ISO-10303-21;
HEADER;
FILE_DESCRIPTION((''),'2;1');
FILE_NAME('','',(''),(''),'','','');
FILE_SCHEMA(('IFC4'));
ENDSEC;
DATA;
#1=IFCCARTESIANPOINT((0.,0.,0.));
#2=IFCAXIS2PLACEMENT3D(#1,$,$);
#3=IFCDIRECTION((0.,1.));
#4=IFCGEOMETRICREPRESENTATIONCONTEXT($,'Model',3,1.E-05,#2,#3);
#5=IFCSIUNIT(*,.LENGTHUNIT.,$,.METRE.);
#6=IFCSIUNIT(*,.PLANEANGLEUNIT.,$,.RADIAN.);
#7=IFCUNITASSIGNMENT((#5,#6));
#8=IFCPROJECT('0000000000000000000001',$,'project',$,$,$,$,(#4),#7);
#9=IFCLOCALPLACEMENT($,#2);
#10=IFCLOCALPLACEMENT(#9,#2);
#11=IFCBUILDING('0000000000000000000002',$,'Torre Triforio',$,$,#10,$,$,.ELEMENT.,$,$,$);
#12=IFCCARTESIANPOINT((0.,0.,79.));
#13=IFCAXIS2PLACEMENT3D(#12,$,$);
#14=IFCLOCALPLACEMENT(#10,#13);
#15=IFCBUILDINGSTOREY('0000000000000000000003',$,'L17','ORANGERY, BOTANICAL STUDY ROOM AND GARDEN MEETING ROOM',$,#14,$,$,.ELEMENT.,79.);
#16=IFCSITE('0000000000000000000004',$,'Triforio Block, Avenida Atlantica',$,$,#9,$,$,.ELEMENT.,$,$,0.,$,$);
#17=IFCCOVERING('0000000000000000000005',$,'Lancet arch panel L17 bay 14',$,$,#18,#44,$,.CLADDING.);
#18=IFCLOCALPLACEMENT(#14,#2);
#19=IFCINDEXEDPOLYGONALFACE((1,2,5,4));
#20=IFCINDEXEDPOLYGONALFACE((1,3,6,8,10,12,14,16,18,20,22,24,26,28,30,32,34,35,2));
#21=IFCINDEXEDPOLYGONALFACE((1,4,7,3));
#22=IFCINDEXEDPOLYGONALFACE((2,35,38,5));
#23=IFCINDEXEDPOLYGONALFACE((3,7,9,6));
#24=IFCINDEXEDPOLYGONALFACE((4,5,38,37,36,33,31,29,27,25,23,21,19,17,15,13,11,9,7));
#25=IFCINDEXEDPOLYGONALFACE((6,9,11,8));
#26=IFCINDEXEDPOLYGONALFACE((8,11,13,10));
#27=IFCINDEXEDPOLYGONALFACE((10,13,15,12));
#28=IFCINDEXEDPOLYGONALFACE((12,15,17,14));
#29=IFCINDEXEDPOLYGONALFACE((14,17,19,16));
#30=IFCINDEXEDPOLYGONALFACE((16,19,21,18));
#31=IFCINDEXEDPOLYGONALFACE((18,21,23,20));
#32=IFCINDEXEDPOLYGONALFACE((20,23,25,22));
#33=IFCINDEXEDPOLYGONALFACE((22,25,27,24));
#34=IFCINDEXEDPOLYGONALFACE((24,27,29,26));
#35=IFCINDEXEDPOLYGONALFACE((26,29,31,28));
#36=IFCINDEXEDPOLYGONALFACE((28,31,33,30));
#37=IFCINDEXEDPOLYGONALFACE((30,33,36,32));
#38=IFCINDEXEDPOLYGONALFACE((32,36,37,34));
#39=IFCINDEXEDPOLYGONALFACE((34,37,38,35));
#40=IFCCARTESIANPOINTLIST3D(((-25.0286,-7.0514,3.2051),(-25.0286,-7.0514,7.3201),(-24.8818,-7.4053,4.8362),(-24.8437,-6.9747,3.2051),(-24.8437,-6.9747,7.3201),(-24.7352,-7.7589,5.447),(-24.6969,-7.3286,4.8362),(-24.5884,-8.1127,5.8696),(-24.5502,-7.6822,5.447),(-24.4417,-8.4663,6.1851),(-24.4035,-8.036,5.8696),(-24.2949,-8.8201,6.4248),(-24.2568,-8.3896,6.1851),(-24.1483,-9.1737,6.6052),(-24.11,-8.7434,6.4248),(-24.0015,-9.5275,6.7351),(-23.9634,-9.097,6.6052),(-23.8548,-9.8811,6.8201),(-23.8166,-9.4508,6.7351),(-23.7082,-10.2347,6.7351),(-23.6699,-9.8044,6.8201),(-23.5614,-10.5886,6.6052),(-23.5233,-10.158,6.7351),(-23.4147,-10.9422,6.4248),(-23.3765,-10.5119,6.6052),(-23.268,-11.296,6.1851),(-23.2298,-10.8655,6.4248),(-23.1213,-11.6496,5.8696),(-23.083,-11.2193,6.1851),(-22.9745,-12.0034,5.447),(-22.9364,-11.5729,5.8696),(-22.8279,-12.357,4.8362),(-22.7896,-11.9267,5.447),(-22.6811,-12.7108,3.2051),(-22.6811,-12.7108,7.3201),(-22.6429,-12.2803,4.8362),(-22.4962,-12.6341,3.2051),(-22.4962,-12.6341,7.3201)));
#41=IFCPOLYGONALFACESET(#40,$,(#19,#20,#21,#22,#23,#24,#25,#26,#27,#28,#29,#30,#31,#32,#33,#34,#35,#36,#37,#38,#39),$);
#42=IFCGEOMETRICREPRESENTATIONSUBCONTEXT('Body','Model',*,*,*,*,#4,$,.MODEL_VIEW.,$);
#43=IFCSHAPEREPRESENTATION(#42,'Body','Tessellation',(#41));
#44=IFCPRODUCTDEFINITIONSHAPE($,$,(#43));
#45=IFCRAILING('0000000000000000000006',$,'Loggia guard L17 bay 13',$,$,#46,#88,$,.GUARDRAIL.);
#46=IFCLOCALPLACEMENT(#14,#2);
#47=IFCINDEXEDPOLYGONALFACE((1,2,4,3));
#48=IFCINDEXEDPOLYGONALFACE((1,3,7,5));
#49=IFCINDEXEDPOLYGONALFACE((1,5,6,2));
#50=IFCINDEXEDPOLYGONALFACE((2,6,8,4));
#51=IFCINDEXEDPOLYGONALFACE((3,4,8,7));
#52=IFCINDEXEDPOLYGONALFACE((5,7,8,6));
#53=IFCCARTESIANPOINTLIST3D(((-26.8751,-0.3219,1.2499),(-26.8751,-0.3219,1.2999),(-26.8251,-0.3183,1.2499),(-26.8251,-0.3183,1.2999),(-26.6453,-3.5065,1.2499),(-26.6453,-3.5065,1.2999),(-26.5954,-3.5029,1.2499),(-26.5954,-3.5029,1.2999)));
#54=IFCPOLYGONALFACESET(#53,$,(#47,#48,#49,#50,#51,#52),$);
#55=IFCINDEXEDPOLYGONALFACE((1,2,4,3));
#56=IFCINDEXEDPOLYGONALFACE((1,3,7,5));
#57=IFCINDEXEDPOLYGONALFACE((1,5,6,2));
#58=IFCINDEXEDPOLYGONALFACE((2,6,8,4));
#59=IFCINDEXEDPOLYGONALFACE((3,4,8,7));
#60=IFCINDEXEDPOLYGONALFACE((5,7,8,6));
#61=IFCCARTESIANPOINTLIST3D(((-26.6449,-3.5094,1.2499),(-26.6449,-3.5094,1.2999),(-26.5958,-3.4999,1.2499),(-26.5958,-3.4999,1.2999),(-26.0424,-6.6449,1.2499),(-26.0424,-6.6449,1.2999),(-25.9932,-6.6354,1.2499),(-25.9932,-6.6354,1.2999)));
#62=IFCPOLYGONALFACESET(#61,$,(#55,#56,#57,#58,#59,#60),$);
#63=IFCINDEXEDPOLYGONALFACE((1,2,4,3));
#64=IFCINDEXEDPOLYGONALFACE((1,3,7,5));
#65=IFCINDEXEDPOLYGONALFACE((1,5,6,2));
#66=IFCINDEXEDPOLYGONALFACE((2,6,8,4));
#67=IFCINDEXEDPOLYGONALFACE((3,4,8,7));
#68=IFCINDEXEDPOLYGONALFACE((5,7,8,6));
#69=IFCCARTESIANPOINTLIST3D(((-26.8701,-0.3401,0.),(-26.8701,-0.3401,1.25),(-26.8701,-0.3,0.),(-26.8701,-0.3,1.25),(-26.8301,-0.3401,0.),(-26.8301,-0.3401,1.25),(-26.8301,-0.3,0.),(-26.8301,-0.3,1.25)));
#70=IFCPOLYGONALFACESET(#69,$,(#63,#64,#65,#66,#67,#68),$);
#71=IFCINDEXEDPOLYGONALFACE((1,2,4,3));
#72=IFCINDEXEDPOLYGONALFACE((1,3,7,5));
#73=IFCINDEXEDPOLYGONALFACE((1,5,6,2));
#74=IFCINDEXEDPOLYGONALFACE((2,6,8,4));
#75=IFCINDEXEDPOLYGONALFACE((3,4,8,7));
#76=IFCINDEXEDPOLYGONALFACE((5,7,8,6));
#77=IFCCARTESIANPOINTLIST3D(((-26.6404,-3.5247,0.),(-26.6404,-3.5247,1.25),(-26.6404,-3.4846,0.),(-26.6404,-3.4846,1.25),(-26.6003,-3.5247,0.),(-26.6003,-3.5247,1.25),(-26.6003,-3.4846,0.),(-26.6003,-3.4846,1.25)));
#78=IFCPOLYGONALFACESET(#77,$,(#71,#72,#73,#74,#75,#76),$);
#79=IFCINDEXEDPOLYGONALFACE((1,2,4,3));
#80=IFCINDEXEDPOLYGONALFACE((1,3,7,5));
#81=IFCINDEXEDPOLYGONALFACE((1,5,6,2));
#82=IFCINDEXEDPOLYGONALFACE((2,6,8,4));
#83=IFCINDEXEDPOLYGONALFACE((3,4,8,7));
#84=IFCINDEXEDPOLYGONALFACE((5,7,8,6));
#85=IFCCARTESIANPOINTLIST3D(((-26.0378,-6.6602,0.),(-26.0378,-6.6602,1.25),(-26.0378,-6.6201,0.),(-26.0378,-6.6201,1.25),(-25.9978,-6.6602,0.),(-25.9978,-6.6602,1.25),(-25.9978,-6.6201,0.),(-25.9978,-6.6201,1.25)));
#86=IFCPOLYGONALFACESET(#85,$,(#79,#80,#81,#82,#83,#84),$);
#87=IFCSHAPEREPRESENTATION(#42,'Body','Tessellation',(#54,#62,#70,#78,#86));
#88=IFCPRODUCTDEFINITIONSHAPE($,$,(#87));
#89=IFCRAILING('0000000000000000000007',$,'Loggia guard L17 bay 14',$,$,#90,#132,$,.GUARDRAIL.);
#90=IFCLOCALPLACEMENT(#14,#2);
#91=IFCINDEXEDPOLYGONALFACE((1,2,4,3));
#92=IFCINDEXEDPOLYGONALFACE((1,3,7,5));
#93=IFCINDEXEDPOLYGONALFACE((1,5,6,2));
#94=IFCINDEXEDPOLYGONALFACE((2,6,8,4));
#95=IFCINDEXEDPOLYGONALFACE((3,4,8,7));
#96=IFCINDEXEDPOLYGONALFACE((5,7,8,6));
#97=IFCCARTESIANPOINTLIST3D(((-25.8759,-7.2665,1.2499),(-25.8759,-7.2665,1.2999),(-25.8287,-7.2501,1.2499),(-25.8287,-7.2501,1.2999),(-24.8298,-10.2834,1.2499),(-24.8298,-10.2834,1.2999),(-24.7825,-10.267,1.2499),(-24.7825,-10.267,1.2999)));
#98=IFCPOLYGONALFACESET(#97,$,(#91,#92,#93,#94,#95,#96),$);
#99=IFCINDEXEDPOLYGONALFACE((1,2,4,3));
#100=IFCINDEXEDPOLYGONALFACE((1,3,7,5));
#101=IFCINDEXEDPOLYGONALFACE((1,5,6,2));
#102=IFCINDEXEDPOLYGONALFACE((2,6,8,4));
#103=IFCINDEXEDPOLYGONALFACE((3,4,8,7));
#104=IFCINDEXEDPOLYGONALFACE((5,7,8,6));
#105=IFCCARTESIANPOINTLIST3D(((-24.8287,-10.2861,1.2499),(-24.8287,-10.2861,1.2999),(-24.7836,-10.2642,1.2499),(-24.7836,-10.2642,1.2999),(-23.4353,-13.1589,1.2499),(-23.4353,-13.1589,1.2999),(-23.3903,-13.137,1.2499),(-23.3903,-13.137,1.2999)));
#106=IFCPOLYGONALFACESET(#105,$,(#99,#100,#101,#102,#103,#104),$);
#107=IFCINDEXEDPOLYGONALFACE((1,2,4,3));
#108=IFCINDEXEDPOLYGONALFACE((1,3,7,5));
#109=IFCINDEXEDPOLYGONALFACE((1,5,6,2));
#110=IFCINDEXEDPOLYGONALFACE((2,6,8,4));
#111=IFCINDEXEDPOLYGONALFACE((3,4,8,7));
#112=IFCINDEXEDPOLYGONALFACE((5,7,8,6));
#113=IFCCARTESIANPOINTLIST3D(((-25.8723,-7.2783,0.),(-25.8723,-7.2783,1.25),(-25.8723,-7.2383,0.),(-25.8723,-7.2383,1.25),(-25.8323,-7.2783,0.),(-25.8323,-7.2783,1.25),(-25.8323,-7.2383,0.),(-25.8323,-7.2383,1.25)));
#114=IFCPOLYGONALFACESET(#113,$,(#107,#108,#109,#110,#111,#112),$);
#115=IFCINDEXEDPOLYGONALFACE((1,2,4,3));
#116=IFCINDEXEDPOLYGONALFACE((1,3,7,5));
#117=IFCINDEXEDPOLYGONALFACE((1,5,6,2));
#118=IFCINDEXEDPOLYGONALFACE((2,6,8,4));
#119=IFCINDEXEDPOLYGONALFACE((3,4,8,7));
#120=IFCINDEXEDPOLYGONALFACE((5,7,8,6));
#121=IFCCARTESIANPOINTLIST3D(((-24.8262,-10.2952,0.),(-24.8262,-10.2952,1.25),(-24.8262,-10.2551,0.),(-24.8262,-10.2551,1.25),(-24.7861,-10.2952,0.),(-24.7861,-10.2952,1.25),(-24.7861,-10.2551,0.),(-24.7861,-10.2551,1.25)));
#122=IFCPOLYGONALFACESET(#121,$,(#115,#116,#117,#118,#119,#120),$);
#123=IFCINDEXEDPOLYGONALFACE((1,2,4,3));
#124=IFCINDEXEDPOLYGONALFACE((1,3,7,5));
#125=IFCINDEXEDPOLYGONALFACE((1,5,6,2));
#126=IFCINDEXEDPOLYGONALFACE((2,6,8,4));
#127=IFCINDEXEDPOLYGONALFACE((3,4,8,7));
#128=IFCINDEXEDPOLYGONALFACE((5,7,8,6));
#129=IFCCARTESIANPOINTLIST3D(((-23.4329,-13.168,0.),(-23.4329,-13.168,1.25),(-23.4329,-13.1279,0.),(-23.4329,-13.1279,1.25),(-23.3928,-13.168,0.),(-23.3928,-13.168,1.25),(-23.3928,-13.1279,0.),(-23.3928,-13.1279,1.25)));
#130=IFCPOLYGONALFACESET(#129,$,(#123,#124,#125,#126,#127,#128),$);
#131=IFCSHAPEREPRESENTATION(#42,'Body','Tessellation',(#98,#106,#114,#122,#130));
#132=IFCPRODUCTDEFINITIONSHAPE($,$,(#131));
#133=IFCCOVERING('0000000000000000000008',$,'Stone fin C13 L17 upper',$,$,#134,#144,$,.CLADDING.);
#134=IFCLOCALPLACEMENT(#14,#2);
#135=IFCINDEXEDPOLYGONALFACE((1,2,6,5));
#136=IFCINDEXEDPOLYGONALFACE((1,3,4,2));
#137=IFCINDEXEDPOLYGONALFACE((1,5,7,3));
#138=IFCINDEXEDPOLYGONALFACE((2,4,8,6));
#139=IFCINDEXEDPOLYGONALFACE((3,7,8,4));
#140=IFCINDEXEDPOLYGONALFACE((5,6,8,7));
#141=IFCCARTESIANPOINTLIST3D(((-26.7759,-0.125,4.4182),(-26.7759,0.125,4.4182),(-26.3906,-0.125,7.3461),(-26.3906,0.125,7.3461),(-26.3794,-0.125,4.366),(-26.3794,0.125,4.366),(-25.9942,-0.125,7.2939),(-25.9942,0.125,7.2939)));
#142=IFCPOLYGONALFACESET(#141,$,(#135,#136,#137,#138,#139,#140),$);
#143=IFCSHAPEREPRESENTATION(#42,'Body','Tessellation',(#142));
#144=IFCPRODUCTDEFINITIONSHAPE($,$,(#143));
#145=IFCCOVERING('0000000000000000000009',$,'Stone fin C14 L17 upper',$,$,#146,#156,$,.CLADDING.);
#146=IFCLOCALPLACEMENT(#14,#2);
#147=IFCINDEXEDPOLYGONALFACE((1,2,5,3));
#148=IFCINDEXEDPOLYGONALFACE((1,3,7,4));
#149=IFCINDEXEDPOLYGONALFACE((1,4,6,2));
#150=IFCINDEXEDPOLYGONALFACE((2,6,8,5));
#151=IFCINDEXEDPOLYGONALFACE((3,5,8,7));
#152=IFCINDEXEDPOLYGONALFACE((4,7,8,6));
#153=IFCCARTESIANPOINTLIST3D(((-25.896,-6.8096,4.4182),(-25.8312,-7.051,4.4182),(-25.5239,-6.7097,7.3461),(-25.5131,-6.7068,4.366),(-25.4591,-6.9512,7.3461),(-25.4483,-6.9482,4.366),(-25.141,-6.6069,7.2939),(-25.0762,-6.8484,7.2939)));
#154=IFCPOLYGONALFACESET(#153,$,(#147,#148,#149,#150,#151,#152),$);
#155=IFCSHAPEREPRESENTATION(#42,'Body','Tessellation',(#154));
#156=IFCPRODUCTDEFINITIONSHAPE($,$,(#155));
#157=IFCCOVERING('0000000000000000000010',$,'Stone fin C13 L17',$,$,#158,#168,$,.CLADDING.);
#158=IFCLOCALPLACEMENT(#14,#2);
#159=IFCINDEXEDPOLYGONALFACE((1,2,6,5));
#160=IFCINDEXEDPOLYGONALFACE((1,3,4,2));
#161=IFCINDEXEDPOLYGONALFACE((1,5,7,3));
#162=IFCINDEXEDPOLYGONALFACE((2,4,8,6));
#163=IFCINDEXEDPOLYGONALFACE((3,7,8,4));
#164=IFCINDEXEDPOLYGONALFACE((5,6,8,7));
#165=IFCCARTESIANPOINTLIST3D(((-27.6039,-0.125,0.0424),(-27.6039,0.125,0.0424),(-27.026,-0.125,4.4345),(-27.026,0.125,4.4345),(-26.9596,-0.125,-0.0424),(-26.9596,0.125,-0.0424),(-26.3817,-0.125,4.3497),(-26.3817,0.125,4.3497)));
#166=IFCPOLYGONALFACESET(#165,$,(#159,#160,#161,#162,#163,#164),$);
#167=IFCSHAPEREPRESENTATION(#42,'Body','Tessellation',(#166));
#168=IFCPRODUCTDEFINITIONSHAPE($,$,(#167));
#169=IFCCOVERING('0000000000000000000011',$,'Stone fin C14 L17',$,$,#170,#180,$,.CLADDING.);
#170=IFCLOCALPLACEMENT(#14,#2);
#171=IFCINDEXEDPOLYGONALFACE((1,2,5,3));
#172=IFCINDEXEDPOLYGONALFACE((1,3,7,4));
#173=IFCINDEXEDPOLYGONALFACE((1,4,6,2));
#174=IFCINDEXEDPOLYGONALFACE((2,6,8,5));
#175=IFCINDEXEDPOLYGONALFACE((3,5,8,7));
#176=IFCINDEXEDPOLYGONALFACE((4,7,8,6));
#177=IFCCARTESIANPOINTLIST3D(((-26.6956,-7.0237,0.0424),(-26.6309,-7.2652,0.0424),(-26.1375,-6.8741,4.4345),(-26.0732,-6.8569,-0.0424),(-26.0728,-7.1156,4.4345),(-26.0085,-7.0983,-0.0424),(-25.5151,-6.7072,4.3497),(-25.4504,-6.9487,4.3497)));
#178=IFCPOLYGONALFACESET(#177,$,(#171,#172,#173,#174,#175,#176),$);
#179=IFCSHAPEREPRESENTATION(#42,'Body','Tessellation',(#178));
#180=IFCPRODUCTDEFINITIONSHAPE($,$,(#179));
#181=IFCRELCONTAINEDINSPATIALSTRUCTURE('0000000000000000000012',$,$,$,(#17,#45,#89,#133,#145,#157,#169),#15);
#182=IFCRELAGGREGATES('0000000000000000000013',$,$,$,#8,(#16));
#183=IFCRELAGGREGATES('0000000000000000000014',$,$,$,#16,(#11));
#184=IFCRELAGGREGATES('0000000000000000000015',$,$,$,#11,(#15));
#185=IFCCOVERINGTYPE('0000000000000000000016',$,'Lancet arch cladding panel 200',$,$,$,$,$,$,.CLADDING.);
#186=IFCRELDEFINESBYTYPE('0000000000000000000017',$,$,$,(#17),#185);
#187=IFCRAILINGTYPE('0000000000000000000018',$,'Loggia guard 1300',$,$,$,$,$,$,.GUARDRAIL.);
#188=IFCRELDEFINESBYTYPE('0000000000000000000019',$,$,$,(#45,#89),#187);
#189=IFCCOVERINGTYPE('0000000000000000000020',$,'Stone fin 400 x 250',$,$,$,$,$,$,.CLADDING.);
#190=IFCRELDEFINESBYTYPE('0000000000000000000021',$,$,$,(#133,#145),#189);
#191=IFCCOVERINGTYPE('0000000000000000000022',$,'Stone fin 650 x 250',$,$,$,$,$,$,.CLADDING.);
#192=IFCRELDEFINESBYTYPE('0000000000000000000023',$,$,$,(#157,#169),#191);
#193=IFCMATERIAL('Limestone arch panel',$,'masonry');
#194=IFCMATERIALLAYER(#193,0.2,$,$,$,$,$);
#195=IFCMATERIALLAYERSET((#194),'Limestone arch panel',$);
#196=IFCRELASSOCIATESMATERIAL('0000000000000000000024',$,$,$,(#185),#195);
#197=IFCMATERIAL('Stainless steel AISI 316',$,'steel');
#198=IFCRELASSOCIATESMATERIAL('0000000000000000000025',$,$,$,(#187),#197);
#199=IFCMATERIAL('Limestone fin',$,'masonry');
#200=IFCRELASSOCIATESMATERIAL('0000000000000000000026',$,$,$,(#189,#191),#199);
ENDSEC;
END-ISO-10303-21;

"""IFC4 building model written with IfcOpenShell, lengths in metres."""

from ifc_helpers import new_model, si_unit, direction, frame, origin, origin_2d, place, context, subcontext, project, spatial, polyline, rectangle, outline, extrude, material, layer, layer_set, material_profile, profile_set, type_object, element, save


model = new_model("IFC4")

# Units and contexts
model_context = context("Model", 3, precision=1e-05, world=origin(), true_north=direction((0.0, 1.0)))
body_context = subcontext(model_context, "Body", "Model", "MODEL_VIEW")
ifc_project = project(units=[si_unit("LENGTHUNIT", "METRE"), si_unit("PLANEANGLEUNIT", "RADIAN")], contexts=[model_context])

# Site, building, storey
site_placement = place(None, origin())
site = spatial("IfcSite", under=ifc_project, at=site_placement, Name="Triforio Block, Avenida Atlantica", CompositionType="ELEMENT", RefElevation=0.0)
building_placement = place(site_placement, origin())
building = spatial("IfcBuilding", under=site, at=building_placement, Name="Torre Triforio", CompositionType="ELEMENT")
storey_placement = place(building_placement, frame((0.0, 0.0, 79.0)))
storey = spatial("IfcBuildingStorey", under=building, at=storey_placement, Name="L17", Description="ORANGERY, BOTANICAL STUDY ROOM AND GARDEN MEETING ROOM", CompositionType="ELEMENT", Elevation=79.0)

# Covering
ifc_material_1 = material(Name="Limestone arch panel", Category="masonry")
ifc_layer_1 = layer(ifc_material_1, 0.2)
ifc_layer_set_1 = layer_set([ifc_layer_1], Name="Limestone arch panel")
covering_type_1 = type_object("IfcCoveringType", Name="Lancet arch cladding panel 200", PredefinedType="CLADDING", material=ifc_layer_set_1)
for number, where, z_axis, x_axis, name in (
    (1, (-23.6699, -9.8044, 0.0), (-0.923689, -0.383142, 0.0), (0.383142, -0.923689, 0.0), "Lancet arch panel L17 bay 14"),
):
    element("IfcCovering", number, at=place(storey_placement, frame(where, z_axis=z_axis, x_axis=x_axis)), inside=storey, type_object=covering_type_1, Name=name, PredefinedType="CLADDING", context=body_context, shape_type="SweptSolid", body=[
        extrude(outline(polyline([(-3.0635, 7.3201), (-3.0635, 3.2051), (-2.6804, 4.8362), (-2.2976, 5.447), (-1.9146, 5.8696), (-1.5317, 6.1851), (-1.1487, 6.4248), (-0.7659, 6.6052), (-0.3828, 6.7351), (0.0, 6.8201), (0.3828, 6.7351), (0.7659, 6.6052), (1.1487, 6.4248), (1.5317, 6.1851), (1.9146, 5.8696), (2.2976, 5.447), (2.6804, 4.8362), (3.0635, 3.2051), (3.0635, 7.3201), (-3.0635, 7.3201)])), origin(), (0.0, 0.0, 1.0), 0.2002),
    ])

# Railings
ifc_material_2 = material(Name="Stainless steel AISI 316", Category="steel")
railing_type = type_object("IfcRailingType", Name="Loggia guard 1300", PredefinedType="GUARDRAIL", material=ifc_material_2)
railing_1_placement = place(storey_placement, frame((-26.8501, -0.3201, 0.0)))
element("IfcRailing", 2, at=railing_1_placement, inside=storey, type_object=railing_type, Name="Loggia guard L17 bay 13", PredefinedType="GUARDRAIL", context=body_context, shape_type="SweptSolid", body=[
    extrude(rectangle(XDim=0.05, YDim=0.05, at=origin_2d()), frame((0.0, 0.0, 1.2749), z_axis=(0.071953, -0.997408, 0.0), x_axis=(0.997408, 0.071953, 0.0)), (0.0, 0.0, 1.0), 3.1929),
    extrude(rectangle(XDim=0.05, YDim=0.05, at=origin_2d()), frame((0.2297, -3.1846, 1.2749), z_axis=(0.188714, -0.982032, 0.0), x_axis=(0.982032, 0.188714, 0.0)), (0.0, 0.0, 1.0), 3.1929),
    extrude(rectangle(XDim=0.04, YDim=0.04, at=origin_2d()), origin(), (0.0, 0.0, 1.0), 1.25),
    extrude(rectangle(XDim=0.04, YDim=0.04, at=origin_2d()), frame((0.2297, -3.1846, 0.0)), (0.0, 0.0, 1.0), 1.25),
    extrude(rectangle(XDim=0.04, YDim=0.04, at=origin_2d()), frame((0.8323, -6.3201, 0.0)), (0.0, 0.0, 1.0), 1.25),
])
railing_2_placement = place(storey_placement, frame((-25.8523, -7.2583, 0.0)))
element("IfcRailing", 3, at=railing_2_placement, inside=storey, type_object=railing_type, Name="Loggia guard L17 bay 14", PredefinedType="GUARDRAIL", context=body_context, shape_type="SweptSolid", body=[
    extrude(rectangle(XDim=0.05, YDim=0.05, at=origin_2d()), frame((0.0, 0.0, 1.2749), z_axis=(0.327628, -0.944807, 0.0), x_axis=(0.944807, 0.327628, 0.0)), (0.0, 0.0, 1.0), 3.1931),
    extrude(rectangle(XDim=0.05, YDim=0.05, at=origin_2d()), frame((1.0461, -3.0168, 1.2749), z_axis=(0.436384, -0.89976, 0.0), x_axis=(0.89976, 0.436384, 0.0)), (0.0, 0.0, 1.0), 3.1929),
    extrude(rectangle(XDim=0.04, YDim=0.04, at=origin_2d()), origin(), (0.0, 0.0, 1.0), 1.25),
    extrude(rectangle(XDim=0.04, YDim=0.04, at=origin_2d()), frame((1.0461, -3.0168, 0.0)), (0.0, 0.0, 1.0), 1.25),
    extrude(rectangle(XDim=0.04, YDim=0.04, at=origin_2d()), frame((2.4395, -5.8896, 0.0)), (0.0, 0.0, 1.0), 1.25),
])

# Coverings
ifc_material_3 = material(Name="Limestone fin", Category="masonry")
ifc_material_profile_1 = material_profile(ifc_material_3, rectangle(XDim=0.3999, YDim=0.25, at=origin_2d()), Name="FIN 400x250")
ifc_profile_set_1 = profile_set([ifc_material_profile_1], Name="Limestone fin")
covering_type_2 = type_object("IfcCoveringType", Name="Stone fin 400 x 250", PredefinedType="CLADDING", material=ifc_profile_set_1)
for number, where, z_axis, x_axis, name in (
    (4, (-26.5776, 0.0, 4.3921), (0.130452, 0.0, 0.991455), (-0.991455, 0.0, 0.130452), "Stone fin C13 L17 upper"),
    (5, (-25.6721, -6.8789, 4.3921), (0.125988, 0.033812, 0.991455), (-0.957571, -0.256986, 0.130447), "Stone fin C14 L17 upper"),
):
    element("IfcCovering", number, at=place(storey_placement, frame(where, z_axis=z_axis, x_axis=x_axis)), inside=storey, type_object=covering_type_2, Name=name, PredefinedType="CLADDING", context=body_context, shape_type="SweptSolid", body=[
        extrude(rectangle(XDim=0.3999, YDim=0.25, at=origin_2d()), origin(), (0.0, 0.0, 1.0), 2.9531),
    ])
ifc_material_profile_2 = material_profile(ifc_material_3, rectangle(XDim=0.6499, YDim=0.25, at=origin_2d()), Name="FIN 650x250")
ifc_profile_set_2 = profile_set([ifc_material_profile_2], Name="Limestone fin")
covering_type_3 = type_object("IfcCoveringType", Name="Stone fin 650 x 250", PredefinedType="CLADDING", material=ifc_profile_set_2)
for number, where, z_axis, x_axis, name in (
    (6, (-27.2817, 0.0, 0.0), (0.130449, 0.0, 0.991455), (-0.991455, 0.0, 0.130449), "Stone fin C13 L17"),
    (7, (-26.3521, -7.061, 0.0), (0.125985, 0.033783, 0.991457), (-0.957625, -0.256791, 0.130436), "Stone fin C14 L17"),
):
    element("IfcCovering", number, at=place(storey_placement, frame(where, z_axis=z_axis, x_axis=x_axis)), inside=storey, type_object=covering_type_3, Name=name, PredefinedType="CLADDING", context=body_context, shape_type="SweptSolid", body=[
        extrude(rectangle(XDim=0.6499, YDim=0.25, at=origin_2d()), origin(), (0.0, 0.0, 1.0), 4.4299),
    ])

save(model, "model.ifc")
